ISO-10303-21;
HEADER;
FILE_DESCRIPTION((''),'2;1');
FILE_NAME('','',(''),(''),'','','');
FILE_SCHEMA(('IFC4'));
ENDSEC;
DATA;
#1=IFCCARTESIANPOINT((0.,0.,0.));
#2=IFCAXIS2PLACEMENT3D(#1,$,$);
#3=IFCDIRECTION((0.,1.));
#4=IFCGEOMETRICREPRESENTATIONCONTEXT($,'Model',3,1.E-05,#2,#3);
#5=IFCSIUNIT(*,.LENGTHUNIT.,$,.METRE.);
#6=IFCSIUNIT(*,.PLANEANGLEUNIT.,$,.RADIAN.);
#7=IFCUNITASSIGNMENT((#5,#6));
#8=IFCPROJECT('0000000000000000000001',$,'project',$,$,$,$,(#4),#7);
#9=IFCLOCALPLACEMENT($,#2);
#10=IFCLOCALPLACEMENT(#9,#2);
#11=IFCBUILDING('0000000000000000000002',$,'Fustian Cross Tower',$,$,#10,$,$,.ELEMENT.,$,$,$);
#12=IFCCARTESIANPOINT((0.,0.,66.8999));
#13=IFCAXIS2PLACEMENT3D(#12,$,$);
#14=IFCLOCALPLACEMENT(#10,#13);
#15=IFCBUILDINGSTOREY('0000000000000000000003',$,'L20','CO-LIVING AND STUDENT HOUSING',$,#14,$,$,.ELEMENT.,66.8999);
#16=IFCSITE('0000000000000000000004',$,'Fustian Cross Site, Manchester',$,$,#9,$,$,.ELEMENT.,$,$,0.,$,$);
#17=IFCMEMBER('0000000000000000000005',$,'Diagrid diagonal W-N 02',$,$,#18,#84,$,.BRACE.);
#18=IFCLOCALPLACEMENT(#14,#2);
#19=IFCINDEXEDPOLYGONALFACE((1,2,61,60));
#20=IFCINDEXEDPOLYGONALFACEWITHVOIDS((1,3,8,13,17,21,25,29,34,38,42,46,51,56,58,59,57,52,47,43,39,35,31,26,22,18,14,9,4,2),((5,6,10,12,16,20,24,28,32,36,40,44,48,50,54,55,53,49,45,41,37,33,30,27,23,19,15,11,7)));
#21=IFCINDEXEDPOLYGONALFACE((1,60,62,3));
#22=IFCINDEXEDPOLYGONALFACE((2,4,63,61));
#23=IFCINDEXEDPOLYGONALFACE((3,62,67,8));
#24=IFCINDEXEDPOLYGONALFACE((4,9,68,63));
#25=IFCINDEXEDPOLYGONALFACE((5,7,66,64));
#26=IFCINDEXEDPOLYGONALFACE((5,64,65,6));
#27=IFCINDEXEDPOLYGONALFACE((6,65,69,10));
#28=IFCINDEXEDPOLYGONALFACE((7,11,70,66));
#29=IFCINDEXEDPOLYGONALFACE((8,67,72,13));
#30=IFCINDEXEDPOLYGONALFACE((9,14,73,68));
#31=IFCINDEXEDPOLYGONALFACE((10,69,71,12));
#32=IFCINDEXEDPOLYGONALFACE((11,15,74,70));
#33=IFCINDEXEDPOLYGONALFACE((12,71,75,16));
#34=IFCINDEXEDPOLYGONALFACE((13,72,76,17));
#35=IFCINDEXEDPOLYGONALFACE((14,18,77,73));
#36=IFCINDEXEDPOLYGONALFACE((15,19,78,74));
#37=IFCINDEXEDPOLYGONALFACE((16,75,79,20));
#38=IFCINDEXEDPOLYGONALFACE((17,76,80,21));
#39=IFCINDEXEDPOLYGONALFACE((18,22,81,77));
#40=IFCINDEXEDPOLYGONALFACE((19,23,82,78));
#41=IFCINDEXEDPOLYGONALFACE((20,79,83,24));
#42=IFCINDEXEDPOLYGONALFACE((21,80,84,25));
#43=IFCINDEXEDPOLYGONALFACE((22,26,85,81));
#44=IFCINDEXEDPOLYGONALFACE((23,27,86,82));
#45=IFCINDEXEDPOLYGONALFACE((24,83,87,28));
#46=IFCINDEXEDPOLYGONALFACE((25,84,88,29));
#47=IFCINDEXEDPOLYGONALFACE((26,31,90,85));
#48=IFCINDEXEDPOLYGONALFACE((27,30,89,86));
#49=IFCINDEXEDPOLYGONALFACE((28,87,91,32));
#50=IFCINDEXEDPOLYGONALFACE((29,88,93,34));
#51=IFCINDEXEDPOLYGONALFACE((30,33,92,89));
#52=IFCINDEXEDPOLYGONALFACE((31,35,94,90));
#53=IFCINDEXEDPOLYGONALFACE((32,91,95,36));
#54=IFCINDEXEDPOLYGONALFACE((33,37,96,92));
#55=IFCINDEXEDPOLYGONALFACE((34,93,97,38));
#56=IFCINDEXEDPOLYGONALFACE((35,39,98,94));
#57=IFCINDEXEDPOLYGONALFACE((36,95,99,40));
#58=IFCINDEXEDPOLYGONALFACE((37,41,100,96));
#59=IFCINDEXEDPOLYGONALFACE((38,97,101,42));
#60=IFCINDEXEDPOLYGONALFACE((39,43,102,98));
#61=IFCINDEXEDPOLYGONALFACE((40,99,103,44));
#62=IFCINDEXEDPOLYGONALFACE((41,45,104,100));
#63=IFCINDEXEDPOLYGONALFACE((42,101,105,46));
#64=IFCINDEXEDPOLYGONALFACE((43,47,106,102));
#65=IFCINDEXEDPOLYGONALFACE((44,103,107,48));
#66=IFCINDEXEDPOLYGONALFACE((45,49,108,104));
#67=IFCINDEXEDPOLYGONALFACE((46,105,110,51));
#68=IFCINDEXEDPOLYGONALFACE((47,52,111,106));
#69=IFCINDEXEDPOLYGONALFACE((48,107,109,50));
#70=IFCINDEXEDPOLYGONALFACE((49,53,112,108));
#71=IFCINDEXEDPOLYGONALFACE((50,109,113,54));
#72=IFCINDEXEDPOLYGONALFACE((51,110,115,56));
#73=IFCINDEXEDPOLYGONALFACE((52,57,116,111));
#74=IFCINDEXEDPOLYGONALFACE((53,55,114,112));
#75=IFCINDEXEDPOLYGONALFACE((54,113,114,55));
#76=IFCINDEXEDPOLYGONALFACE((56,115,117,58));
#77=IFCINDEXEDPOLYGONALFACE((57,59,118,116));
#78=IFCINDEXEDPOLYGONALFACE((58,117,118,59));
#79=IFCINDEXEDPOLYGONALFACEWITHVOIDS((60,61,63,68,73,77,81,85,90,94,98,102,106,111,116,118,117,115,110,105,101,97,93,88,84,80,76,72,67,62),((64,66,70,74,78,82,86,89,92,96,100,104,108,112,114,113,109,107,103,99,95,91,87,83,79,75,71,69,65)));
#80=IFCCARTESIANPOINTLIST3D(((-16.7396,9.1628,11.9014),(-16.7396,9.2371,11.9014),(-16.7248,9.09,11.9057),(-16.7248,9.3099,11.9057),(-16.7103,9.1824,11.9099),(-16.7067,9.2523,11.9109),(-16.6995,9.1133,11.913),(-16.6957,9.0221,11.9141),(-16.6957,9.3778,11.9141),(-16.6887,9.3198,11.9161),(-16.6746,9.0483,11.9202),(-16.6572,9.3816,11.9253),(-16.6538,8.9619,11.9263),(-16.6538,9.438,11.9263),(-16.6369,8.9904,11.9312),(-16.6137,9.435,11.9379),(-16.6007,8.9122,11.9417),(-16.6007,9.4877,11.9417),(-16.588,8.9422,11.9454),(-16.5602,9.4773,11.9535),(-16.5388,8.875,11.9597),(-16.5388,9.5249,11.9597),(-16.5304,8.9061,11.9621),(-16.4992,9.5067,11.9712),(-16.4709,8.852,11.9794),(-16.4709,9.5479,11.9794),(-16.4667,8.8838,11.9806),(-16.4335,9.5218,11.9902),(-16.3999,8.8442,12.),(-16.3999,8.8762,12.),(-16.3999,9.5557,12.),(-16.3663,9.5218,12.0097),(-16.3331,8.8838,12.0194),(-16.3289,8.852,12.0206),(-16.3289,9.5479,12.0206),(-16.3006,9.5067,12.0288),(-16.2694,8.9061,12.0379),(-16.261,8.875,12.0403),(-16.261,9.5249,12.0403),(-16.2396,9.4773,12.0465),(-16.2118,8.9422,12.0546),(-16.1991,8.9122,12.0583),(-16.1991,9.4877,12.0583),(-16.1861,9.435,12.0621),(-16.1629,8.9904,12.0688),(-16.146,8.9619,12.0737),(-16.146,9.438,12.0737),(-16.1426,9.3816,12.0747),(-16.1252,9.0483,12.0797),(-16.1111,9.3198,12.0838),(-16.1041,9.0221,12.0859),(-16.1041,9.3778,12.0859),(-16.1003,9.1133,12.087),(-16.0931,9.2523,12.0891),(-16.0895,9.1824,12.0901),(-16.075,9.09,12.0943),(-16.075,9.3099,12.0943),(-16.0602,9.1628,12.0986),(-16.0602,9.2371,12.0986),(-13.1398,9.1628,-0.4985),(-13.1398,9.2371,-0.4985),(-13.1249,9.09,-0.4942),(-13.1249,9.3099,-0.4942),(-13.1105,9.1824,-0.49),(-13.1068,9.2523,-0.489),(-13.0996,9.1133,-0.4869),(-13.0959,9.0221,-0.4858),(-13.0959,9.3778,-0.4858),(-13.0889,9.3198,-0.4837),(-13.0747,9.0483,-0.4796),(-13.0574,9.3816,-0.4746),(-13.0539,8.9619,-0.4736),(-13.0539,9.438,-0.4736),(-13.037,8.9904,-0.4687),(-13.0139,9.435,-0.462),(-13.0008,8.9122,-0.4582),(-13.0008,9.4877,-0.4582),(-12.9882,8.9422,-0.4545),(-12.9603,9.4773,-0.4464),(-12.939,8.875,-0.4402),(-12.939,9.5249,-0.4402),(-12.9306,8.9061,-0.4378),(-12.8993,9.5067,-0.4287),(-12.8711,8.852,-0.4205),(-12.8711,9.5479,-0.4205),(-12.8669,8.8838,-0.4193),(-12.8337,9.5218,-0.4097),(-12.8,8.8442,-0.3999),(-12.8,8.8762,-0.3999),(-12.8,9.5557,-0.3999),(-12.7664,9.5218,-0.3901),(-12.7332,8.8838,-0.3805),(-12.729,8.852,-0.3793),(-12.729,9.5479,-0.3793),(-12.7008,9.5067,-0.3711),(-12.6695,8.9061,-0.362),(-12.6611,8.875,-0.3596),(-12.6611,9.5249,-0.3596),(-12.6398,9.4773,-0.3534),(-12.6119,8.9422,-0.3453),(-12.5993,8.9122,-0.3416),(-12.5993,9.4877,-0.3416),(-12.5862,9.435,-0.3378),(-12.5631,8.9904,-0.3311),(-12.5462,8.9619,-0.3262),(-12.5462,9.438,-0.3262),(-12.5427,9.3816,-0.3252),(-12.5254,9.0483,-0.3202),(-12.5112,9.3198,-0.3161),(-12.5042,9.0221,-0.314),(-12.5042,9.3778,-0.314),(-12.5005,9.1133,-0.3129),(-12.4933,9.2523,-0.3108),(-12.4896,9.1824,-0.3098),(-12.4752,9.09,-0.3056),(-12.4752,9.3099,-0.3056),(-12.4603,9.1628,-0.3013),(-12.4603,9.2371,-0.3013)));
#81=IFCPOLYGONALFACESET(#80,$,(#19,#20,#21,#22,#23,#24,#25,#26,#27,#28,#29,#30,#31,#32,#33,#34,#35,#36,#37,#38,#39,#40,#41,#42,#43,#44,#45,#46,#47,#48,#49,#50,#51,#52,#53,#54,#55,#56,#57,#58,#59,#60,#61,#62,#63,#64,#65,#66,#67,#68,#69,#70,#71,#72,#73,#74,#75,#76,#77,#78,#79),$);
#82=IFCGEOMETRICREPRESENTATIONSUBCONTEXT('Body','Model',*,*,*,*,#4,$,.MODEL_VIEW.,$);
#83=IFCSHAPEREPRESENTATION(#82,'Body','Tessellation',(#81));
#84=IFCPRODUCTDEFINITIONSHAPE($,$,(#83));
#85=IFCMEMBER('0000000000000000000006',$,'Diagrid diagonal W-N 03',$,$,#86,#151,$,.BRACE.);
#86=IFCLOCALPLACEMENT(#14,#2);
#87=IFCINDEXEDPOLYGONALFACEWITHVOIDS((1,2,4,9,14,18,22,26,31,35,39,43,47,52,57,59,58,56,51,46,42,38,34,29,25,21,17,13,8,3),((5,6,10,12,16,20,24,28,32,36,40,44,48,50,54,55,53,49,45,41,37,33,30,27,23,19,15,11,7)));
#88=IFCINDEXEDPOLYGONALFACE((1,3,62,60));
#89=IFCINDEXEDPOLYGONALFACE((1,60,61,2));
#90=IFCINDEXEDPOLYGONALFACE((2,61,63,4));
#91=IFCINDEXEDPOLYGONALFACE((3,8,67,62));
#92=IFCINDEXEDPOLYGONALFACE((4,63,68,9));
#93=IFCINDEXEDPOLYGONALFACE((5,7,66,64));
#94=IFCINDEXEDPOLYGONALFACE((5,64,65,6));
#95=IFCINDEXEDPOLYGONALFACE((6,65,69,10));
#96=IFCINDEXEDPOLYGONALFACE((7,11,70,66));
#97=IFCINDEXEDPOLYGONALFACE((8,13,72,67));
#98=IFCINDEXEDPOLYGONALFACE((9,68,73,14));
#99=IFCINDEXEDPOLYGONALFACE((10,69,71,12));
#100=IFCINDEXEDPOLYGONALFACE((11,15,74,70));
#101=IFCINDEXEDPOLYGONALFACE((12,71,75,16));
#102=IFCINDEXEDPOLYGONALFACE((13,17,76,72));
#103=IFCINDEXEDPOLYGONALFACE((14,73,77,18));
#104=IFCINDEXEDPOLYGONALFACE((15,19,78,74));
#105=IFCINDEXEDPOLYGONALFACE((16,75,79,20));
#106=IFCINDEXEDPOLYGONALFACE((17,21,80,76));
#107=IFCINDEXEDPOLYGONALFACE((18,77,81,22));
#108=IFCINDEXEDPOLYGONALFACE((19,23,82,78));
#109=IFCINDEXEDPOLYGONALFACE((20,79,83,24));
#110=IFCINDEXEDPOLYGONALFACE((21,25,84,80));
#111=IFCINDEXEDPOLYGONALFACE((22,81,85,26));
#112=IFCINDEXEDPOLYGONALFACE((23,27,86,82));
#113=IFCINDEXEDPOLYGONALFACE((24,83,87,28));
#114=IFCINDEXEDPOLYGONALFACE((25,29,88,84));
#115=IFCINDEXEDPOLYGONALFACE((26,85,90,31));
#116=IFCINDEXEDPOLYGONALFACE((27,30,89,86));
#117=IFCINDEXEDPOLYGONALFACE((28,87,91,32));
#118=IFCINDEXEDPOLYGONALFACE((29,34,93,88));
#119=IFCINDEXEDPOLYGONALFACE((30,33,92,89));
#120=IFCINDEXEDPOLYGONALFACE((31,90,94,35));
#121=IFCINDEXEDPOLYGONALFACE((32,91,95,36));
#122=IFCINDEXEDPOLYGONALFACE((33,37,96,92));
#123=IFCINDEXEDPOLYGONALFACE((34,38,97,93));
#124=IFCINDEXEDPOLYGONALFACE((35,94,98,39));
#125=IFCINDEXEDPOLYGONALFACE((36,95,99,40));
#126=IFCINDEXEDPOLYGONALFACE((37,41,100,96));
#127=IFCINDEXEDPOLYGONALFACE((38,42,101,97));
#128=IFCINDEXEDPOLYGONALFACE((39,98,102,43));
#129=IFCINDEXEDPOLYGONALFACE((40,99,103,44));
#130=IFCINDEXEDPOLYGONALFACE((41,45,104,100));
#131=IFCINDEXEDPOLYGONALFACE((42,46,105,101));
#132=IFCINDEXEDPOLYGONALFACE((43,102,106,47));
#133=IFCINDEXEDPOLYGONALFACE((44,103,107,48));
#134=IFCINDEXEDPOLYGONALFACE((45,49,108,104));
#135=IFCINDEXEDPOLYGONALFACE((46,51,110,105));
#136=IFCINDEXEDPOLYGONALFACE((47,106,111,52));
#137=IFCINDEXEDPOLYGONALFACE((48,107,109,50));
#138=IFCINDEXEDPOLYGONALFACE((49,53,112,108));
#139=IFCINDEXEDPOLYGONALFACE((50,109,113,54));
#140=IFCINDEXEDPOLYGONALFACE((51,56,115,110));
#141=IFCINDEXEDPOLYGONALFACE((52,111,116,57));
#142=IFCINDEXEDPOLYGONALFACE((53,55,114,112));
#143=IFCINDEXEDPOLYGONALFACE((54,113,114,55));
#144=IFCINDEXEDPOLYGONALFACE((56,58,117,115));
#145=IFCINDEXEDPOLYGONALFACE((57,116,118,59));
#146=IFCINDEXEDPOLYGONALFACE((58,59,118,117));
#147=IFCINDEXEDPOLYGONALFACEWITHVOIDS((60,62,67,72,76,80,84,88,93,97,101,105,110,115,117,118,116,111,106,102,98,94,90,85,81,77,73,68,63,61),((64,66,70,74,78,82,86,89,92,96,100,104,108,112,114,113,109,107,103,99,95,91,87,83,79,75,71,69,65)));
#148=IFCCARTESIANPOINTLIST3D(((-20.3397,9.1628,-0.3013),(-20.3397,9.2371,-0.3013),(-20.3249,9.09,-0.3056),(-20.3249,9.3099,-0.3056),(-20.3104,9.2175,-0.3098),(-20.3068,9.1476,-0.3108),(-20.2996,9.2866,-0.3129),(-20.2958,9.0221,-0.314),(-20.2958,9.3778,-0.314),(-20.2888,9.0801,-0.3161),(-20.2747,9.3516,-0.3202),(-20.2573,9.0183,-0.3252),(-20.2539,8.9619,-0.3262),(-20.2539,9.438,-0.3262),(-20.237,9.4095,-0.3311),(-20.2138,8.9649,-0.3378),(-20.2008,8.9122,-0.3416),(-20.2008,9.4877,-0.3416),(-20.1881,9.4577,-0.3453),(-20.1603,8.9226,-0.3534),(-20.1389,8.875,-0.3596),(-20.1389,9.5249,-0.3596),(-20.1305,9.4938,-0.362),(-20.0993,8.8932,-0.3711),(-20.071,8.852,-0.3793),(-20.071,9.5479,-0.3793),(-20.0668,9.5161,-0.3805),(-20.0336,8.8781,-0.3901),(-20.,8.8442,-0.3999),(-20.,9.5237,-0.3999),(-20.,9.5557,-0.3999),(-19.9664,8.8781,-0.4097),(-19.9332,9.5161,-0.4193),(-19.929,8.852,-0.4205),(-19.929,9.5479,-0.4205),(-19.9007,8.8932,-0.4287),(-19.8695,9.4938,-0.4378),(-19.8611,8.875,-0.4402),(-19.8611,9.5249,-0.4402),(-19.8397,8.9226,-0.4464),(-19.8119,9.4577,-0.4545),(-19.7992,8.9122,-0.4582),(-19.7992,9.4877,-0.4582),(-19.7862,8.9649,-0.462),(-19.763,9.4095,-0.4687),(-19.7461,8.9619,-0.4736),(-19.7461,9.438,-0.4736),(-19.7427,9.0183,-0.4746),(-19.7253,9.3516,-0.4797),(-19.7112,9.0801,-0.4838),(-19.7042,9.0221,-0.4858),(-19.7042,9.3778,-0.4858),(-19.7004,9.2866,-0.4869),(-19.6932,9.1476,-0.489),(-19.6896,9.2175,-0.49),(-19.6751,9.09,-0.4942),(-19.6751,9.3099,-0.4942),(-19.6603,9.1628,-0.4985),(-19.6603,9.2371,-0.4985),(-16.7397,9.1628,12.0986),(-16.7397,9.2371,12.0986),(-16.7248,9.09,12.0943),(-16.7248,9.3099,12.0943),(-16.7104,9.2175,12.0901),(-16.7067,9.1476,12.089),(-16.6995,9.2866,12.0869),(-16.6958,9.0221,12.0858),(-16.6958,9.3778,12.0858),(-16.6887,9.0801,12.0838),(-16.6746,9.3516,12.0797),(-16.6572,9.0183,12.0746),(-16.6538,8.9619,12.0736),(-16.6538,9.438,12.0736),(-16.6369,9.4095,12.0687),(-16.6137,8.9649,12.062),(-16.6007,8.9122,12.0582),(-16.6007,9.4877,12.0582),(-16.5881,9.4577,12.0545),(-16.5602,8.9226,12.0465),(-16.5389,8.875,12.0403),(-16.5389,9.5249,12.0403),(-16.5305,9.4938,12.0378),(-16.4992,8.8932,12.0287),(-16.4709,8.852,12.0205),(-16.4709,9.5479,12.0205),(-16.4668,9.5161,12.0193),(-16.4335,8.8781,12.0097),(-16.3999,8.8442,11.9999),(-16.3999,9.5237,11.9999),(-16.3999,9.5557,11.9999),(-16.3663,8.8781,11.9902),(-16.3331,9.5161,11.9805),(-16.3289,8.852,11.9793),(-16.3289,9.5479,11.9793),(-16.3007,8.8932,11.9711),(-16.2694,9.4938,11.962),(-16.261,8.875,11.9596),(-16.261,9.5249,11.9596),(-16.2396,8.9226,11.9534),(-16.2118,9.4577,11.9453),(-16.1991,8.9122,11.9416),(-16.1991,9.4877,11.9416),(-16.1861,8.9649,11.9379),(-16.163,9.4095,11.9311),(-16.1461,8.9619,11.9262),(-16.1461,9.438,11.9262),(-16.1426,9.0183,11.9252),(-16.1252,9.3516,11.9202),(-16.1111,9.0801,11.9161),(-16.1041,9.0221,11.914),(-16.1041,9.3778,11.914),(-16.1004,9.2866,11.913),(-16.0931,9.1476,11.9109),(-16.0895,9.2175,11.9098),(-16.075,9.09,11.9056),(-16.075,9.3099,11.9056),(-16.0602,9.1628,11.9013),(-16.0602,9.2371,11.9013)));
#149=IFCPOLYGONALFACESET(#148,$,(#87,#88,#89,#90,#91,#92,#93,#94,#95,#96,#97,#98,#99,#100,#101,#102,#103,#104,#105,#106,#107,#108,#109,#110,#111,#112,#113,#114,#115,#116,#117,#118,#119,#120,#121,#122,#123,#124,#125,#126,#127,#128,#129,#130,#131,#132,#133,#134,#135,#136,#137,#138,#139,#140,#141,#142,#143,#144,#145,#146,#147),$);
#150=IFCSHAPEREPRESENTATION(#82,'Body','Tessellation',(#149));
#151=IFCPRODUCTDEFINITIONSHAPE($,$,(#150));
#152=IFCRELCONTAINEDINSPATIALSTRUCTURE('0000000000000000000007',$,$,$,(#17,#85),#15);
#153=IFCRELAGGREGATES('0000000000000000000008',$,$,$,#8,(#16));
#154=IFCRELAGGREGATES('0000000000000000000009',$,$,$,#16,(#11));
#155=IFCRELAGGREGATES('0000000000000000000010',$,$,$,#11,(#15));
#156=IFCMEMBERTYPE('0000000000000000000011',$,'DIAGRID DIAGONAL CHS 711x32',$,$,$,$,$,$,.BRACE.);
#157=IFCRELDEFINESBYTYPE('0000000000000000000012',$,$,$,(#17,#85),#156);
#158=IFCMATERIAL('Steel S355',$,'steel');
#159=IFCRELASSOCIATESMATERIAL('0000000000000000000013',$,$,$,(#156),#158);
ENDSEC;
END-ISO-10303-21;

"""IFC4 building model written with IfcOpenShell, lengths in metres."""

from ifc_helpers import new_model, si_unit, direction, frame, origin, origin_2d, place, context, subcontext, project, spatial, hollow_circle, extrude, material, material_profile, profile_set, type_object, element, save


model = new_model("IFC4")

# Units and contexts
model_context = context("Model", 3, precision=1e-05, world=origin(), true_north=direction((0.0, 1.0)))
body_context = subcontext(model_context, "Body", "Model", "MODEL_VIEW")
ifc_project = project(units=[si_unit("LENGTHUNIT", "METRE"), si_unit("PLANEANGLEUNIT", "RADIAN")], contexts=[model_context])

# Site, building, storey
site_placement = place(None, origin())
site = spatial("IfcSite", under=ifc_project, at=site_placement, Name="Fustian Cross Site, Manchester", CompositionType="ELEMENT", RefElevation=0.0)
building_placement = place(site_placement, origin())
building = spatial("IfcBuilding", under=site, at=building_placement, Name="Fustian Cross Tower", CompositionType="ELEMENT")
storey_placement = place(building_placement, frame((0.0, 0.0, 66.8999)))
storey = spatial("IfcBuildingStorey", under=building, at=storey_placement, Name="L20", Description="CO-LIVING AND STUDENT HOUSING", CompositionType="ELEMENT", Elevation=66.8999)

# Members
ifc_material_1 = material(Name="Steel S355", Category="steel")
ifc_material_profile_1 = material_profile(ifc_material_1, hollow_circle(Radius=0.3557, WallThickness=0.032, at=origin_2d()), Name="CHS 711x32")
ifc_profile_set_1 = profile_set([ifc_material_profile_1], Name="Steel S355")
member_type_1 = type_object("IfcMemberType", Name="DIAGRID DIAGONAL CHS 711x32", PredefinedType="BRACE", material=ifc_profile_set_1)
for number, where, z_axis, x_axis, name in (
    (1, (-12.8, 9.2, -0.3999), (-0.278802, 0.0, 0.960349), (0.0, -1.0, 0.0), "Diagrid diagonal W-N 02"),
    (2, (-20.0, 9.2, -0.3999), (0.278819, 0.0, 0.960344), (0.0, 1.0, 0.0), "Diagrid diagonal W-N 03"),
):
    element("IfcMember", number, at=place(storey_placement, frame(where, z_axis=z_axis, x_axis=x_axis)), inside=storey, type_object=member_type_1, Name=name, PredefinedType="BRACE", context=body_context, shape_type="SweptSolid", body=[
        extrude(hollow_circle(Radius=0.3557, WallThickness=0.032, at=origin_2d()), origin(), (0.0, 0.0, 1.0), 12.9119),
    ])

save(model, "model.ifc")
